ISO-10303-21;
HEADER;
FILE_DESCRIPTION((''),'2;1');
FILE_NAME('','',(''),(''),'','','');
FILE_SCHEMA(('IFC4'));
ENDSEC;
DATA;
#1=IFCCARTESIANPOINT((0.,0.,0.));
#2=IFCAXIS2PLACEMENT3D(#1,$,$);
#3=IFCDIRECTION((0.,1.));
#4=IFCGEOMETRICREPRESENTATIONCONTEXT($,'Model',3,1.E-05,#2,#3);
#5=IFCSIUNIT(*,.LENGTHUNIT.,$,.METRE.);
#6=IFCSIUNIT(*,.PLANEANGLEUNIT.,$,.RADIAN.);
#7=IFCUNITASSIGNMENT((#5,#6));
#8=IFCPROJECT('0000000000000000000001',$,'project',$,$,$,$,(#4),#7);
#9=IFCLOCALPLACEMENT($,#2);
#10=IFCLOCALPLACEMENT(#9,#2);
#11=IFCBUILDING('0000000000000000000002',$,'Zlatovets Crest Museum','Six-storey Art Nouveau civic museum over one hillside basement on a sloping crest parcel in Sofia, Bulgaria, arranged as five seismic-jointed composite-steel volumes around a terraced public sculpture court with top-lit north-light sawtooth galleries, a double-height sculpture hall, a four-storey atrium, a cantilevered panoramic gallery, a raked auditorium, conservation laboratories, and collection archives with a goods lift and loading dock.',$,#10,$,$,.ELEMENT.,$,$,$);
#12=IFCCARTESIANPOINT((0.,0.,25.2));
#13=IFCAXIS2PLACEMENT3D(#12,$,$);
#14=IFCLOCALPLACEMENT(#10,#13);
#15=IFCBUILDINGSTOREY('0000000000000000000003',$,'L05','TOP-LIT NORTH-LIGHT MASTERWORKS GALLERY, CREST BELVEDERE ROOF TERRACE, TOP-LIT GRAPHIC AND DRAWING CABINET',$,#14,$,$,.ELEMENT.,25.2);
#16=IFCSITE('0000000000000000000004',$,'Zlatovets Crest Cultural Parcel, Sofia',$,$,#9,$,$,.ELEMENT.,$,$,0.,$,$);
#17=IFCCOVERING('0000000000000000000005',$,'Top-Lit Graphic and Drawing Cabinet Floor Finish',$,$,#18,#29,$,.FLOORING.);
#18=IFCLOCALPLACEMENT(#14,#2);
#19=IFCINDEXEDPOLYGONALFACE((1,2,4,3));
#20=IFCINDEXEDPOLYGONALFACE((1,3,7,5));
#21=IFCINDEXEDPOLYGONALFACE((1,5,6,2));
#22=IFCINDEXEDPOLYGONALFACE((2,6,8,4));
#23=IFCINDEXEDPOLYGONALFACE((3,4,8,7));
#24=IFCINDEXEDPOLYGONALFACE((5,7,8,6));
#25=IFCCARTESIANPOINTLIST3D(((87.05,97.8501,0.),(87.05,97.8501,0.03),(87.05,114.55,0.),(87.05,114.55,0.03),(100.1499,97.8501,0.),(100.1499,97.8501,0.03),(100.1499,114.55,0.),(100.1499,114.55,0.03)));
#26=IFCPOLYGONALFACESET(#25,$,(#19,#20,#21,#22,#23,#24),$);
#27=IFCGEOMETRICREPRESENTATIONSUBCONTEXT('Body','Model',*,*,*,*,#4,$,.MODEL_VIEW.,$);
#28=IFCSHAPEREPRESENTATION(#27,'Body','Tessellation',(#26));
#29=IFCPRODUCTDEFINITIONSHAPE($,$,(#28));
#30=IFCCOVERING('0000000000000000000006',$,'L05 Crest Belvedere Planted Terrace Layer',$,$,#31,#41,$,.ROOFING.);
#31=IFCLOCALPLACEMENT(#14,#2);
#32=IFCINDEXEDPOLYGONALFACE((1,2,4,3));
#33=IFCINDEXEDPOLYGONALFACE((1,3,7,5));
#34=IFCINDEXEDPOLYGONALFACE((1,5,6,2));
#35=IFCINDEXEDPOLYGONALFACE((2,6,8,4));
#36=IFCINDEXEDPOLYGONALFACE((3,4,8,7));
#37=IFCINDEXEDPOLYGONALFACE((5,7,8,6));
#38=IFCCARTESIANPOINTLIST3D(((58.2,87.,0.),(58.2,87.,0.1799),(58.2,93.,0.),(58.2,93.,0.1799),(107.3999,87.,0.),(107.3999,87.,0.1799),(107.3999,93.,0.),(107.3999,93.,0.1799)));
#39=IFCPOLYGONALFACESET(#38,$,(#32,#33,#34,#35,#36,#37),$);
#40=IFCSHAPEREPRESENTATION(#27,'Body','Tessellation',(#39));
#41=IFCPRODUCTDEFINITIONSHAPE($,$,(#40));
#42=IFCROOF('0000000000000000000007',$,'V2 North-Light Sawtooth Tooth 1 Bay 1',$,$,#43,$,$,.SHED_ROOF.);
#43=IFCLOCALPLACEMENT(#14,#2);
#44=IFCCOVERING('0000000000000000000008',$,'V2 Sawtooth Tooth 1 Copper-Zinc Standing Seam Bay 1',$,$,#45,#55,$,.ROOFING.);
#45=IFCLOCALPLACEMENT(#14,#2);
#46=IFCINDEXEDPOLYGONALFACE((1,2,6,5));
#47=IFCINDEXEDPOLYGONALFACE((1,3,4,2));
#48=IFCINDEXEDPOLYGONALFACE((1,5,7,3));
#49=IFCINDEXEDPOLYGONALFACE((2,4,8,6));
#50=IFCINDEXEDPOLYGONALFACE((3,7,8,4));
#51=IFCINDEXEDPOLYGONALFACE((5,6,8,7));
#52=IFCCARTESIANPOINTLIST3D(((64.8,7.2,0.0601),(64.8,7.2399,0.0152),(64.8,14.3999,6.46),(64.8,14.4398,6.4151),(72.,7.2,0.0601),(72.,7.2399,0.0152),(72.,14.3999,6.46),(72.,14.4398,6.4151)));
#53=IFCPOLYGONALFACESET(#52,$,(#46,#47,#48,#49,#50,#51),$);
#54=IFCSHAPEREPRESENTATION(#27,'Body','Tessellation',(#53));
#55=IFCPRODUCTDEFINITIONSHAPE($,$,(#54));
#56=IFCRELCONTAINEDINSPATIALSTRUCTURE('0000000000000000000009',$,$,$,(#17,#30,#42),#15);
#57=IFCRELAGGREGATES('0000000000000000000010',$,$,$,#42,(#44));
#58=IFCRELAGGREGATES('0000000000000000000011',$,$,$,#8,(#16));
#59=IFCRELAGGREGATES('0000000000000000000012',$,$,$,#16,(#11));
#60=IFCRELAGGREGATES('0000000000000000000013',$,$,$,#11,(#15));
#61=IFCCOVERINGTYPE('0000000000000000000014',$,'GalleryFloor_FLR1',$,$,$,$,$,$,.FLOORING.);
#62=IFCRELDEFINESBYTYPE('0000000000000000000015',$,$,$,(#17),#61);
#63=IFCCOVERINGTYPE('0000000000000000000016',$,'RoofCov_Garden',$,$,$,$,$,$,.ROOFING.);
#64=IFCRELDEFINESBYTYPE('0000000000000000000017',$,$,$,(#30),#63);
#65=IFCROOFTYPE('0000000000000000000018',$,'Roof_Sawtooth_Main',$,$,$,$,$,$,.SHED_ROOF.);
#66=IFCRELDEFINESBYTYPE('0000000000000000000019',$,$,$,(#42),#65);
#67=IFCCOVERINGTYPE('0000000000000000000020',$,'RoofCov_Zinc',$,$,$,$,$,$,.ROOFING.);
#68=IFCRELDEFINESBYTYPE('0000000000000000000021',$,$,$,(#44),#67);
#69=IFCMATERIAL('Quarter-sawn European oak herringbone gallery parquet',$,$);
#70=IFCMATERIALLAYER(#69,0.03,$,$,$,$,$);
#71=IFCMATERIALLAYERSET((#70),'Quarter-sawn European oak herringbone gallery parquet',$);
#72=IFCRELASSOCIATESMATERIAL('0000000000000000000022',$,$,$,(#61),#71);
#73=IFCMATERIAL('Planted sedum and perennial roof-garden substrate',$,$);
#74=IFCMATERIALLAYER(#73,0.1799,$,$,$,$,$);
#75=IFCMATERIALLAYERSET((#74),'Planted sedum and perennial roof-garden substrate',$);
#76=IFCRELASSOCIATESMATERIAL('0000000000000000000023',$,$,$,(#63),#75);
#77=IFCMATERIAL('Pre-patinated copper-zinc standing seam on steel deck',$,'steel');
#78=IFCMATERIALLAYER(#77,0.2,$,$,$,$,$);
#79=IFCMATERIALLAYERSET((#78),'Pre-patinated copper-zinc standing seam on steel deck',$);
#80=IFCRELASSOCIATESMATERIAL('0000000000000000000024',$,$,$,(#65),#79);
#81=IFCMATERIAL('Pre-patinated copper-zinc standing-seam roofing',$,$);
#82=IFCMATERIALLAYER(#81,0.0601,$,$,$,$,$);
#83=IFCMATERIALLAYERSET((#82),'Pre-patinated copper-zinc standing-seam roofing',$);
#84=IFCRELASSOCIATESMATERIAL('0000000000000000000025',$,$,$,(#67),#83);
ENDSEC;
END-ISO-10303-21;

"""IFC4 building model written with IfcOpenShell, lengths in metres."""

from ifc_helpers import new_model, si_unit, direction, frame, origin, place, context, subcontext, project, spatial, polyline, outline, extrude, material, layer, layer_set, type_object, element, aggregate, save


model = new_model("IFC4")

# Units and contexts
model_context = context("Model", 3, precision=1e-05, world=origin(), true_north=direction((0.0, 1.0)))
body_context = subcontext(model_context, "Body", "Model", "MODEL_VIEW")
ifc_project = project(units=[si_unit("LENGTHUNIT", "METRE"), si_unit("PLANEANGLEUNIT", "RADIAN")], contexts=[model_context])

# Site, building, storey
site_placement = place(None, origin())
site = spatial("IfcSite", under=ifc_project, at=site_placement, Name="Zlatovets Crest Cultural Parcel, Sofia", CompositionType="ELEMENT", RefElevation=0.0)
building_placement = place(site_placement, origin())
building = spatial("IfcBuilding", under=site, at=building_placement, Name="Zlatovets Crest Museum", Description="Six-storey Art Nouveau civic museum over one hillside basement on a sloping crest parcel in Sofia, Bulgaria, arranged as five seismic-jointed composite-steel volumes around a terraced public sculpture court with top-lit north-light sawtooth galleries, a double-height sculpture hall, a four-storey atrium, a cantilevered panoramic gallery, a raked auditorium, conservation laboratories, and collection archives with a goods lift and loading dock.", CompositionType="ELEMENT")
storey_placement = place(building_placement, frame((0.0, 0.0, 25.2)))
storey = spatial("IfcBuildingStorey", under=building, at=storey_placement, Name="L05", Description="TOP-LIT NORTH-LIGHT MASTERWORKS GALLERY, CREST BELVEDERE ROOF TERRACE, TOP-LIT GRAPHIC AND DRAWING CABINET", CompositionType="ELEMENT", Elevation=25.2)

# Coverings
ifc_material_1 = material(Name="Quarter-sawn European oak herringbone gallery parquet")
ifc_layer_1 = layer(ifc_material_1, 0.03)
ifc_layer_set_1 = layer_set([ifc_layer_1], Name="Quarter-sawn European oak herringbone gallery parquet")
covering_type_1 = type_object("IfcCoveringType", Name="GalleryFloor_FLR1", PredefinedType="FLOORING", material=ifc_layer_set_1)
covering_1_placement = place(storey_placement, origin())
element("IfcCovering", 1, at=covering_1_placement, inside=storey, type_object=covering_type_1, Name="Top-Lit Graphic and Drawing Cabinet Floor Finish", PredefinedType="FLOORING", context=body_context, shape_type="SweptSolid", body=[
    extrude(outline(polyline([(87.05, 97.8501), (100.1499, 97.8501), (100.1499, 114.55), (87.05, 114.55), (87.05, 97.8501)])), origin(), (0.0, 0.0, 1.0), 0.03),
])
ifc_material_2 = material(Name="Planted sedum and perennial roof-garden substrate")
ifc_layer_2 = layer(ifc_material_2, 0.1799)
ifc_layer_set_2 = layer_set([ifc_layer_2], Name="Planted sedum and perennial roof-garden substrate")
covering_type_2 = type_object("IfcCoveringType", Name="RoofCov_Garden", PredefinedType="ROOFING", material=ifc_layer_set_2)
covering_2_placement = place(storey_placement, origin())
element("IfcCovering", 2, at=covering_2_placement, inside=storey, type_object=covering_type_2, Name="L05 Crest Belvedere Planted Terrace Layer", PredefinedType="ROOFING", context=body_context, shape_type="SweptSolid", body=[
    extrude(outline(polyline([(58.2, 87.0), (107.3999, 87.0), (107.3999, 93.0), (58.2, 93.0), (58.2, 87.0)])), origin(), (0.0, 0.0, 1.0), 0.1799),
])

# Roof, covering
ifc_material_3 = material(Name="Pre-patinated copper-zinc standing seam on steel deck", Category="steel")
ifc_layer_3 = layer(ifc_material_3, 0.2)
ifc_layer_set_3 = layer_set([ifc_layer_3], Name="Pre-patinated copper-zinc standing seam on steel deck")
roof_type = type_object("IfcRoofType", Name="Roof_Sawtooth_Main", PredefinedType="SHED_ROOF", material=ifc_layer_set_3)
roof_placement = place(storey_placement, origin())
roof = element("IfcRoof", 3, at=roof_placement, inside=storey, type_object=roof_type, Name="V2 North-Light Sawtooth Tooth 1 Bay 1", PredefinedType="SHED_ROOF")
ifc_material_4 = material(Name="Pre-patinated copper-zinc standing-seam roofing")
ifc_layer_4 = layer(ifc_material_4, 0.0601)
ifc_layer_set_4 = layer_set([ifc_layer_4], Name="Pre-patinated copper-zinc standing-seam roofing")
covering_type_3 = type_object("IfcCoveringType", Name="RoofCov_Zinc", PredefinedType="ROOFING", material=ifc_layer_set_4)
covering_3_placement = place(storey_placement, frame((64.8, 7.2, 0.0601), z_axis=(0.0, -0.664361, 0.747412), x_axis=(1.0, 0.0, 0.0)))
covering_3 = element("IfcCovering", 4, at=covering_3_placement, type_object=covering_type_3, Name="V2 Sawtooth Tooth 1 Copper-Zinc Standing Seam Bay 1", PredefinedType="ROOFING", context=body_context, shape_type="SweptSolid", body=[
    extrude(outline(polyline([(0.0, 0.0), (7.2, 0.0), (7.2, 9.6332), (0.0, 9.6332), (0.0, 0.0)])), origin(), (0.0, 0.0, -1.0), 0.0601),
])
aggregate(roof, [covering_3])

save(model, "model.ifc")
